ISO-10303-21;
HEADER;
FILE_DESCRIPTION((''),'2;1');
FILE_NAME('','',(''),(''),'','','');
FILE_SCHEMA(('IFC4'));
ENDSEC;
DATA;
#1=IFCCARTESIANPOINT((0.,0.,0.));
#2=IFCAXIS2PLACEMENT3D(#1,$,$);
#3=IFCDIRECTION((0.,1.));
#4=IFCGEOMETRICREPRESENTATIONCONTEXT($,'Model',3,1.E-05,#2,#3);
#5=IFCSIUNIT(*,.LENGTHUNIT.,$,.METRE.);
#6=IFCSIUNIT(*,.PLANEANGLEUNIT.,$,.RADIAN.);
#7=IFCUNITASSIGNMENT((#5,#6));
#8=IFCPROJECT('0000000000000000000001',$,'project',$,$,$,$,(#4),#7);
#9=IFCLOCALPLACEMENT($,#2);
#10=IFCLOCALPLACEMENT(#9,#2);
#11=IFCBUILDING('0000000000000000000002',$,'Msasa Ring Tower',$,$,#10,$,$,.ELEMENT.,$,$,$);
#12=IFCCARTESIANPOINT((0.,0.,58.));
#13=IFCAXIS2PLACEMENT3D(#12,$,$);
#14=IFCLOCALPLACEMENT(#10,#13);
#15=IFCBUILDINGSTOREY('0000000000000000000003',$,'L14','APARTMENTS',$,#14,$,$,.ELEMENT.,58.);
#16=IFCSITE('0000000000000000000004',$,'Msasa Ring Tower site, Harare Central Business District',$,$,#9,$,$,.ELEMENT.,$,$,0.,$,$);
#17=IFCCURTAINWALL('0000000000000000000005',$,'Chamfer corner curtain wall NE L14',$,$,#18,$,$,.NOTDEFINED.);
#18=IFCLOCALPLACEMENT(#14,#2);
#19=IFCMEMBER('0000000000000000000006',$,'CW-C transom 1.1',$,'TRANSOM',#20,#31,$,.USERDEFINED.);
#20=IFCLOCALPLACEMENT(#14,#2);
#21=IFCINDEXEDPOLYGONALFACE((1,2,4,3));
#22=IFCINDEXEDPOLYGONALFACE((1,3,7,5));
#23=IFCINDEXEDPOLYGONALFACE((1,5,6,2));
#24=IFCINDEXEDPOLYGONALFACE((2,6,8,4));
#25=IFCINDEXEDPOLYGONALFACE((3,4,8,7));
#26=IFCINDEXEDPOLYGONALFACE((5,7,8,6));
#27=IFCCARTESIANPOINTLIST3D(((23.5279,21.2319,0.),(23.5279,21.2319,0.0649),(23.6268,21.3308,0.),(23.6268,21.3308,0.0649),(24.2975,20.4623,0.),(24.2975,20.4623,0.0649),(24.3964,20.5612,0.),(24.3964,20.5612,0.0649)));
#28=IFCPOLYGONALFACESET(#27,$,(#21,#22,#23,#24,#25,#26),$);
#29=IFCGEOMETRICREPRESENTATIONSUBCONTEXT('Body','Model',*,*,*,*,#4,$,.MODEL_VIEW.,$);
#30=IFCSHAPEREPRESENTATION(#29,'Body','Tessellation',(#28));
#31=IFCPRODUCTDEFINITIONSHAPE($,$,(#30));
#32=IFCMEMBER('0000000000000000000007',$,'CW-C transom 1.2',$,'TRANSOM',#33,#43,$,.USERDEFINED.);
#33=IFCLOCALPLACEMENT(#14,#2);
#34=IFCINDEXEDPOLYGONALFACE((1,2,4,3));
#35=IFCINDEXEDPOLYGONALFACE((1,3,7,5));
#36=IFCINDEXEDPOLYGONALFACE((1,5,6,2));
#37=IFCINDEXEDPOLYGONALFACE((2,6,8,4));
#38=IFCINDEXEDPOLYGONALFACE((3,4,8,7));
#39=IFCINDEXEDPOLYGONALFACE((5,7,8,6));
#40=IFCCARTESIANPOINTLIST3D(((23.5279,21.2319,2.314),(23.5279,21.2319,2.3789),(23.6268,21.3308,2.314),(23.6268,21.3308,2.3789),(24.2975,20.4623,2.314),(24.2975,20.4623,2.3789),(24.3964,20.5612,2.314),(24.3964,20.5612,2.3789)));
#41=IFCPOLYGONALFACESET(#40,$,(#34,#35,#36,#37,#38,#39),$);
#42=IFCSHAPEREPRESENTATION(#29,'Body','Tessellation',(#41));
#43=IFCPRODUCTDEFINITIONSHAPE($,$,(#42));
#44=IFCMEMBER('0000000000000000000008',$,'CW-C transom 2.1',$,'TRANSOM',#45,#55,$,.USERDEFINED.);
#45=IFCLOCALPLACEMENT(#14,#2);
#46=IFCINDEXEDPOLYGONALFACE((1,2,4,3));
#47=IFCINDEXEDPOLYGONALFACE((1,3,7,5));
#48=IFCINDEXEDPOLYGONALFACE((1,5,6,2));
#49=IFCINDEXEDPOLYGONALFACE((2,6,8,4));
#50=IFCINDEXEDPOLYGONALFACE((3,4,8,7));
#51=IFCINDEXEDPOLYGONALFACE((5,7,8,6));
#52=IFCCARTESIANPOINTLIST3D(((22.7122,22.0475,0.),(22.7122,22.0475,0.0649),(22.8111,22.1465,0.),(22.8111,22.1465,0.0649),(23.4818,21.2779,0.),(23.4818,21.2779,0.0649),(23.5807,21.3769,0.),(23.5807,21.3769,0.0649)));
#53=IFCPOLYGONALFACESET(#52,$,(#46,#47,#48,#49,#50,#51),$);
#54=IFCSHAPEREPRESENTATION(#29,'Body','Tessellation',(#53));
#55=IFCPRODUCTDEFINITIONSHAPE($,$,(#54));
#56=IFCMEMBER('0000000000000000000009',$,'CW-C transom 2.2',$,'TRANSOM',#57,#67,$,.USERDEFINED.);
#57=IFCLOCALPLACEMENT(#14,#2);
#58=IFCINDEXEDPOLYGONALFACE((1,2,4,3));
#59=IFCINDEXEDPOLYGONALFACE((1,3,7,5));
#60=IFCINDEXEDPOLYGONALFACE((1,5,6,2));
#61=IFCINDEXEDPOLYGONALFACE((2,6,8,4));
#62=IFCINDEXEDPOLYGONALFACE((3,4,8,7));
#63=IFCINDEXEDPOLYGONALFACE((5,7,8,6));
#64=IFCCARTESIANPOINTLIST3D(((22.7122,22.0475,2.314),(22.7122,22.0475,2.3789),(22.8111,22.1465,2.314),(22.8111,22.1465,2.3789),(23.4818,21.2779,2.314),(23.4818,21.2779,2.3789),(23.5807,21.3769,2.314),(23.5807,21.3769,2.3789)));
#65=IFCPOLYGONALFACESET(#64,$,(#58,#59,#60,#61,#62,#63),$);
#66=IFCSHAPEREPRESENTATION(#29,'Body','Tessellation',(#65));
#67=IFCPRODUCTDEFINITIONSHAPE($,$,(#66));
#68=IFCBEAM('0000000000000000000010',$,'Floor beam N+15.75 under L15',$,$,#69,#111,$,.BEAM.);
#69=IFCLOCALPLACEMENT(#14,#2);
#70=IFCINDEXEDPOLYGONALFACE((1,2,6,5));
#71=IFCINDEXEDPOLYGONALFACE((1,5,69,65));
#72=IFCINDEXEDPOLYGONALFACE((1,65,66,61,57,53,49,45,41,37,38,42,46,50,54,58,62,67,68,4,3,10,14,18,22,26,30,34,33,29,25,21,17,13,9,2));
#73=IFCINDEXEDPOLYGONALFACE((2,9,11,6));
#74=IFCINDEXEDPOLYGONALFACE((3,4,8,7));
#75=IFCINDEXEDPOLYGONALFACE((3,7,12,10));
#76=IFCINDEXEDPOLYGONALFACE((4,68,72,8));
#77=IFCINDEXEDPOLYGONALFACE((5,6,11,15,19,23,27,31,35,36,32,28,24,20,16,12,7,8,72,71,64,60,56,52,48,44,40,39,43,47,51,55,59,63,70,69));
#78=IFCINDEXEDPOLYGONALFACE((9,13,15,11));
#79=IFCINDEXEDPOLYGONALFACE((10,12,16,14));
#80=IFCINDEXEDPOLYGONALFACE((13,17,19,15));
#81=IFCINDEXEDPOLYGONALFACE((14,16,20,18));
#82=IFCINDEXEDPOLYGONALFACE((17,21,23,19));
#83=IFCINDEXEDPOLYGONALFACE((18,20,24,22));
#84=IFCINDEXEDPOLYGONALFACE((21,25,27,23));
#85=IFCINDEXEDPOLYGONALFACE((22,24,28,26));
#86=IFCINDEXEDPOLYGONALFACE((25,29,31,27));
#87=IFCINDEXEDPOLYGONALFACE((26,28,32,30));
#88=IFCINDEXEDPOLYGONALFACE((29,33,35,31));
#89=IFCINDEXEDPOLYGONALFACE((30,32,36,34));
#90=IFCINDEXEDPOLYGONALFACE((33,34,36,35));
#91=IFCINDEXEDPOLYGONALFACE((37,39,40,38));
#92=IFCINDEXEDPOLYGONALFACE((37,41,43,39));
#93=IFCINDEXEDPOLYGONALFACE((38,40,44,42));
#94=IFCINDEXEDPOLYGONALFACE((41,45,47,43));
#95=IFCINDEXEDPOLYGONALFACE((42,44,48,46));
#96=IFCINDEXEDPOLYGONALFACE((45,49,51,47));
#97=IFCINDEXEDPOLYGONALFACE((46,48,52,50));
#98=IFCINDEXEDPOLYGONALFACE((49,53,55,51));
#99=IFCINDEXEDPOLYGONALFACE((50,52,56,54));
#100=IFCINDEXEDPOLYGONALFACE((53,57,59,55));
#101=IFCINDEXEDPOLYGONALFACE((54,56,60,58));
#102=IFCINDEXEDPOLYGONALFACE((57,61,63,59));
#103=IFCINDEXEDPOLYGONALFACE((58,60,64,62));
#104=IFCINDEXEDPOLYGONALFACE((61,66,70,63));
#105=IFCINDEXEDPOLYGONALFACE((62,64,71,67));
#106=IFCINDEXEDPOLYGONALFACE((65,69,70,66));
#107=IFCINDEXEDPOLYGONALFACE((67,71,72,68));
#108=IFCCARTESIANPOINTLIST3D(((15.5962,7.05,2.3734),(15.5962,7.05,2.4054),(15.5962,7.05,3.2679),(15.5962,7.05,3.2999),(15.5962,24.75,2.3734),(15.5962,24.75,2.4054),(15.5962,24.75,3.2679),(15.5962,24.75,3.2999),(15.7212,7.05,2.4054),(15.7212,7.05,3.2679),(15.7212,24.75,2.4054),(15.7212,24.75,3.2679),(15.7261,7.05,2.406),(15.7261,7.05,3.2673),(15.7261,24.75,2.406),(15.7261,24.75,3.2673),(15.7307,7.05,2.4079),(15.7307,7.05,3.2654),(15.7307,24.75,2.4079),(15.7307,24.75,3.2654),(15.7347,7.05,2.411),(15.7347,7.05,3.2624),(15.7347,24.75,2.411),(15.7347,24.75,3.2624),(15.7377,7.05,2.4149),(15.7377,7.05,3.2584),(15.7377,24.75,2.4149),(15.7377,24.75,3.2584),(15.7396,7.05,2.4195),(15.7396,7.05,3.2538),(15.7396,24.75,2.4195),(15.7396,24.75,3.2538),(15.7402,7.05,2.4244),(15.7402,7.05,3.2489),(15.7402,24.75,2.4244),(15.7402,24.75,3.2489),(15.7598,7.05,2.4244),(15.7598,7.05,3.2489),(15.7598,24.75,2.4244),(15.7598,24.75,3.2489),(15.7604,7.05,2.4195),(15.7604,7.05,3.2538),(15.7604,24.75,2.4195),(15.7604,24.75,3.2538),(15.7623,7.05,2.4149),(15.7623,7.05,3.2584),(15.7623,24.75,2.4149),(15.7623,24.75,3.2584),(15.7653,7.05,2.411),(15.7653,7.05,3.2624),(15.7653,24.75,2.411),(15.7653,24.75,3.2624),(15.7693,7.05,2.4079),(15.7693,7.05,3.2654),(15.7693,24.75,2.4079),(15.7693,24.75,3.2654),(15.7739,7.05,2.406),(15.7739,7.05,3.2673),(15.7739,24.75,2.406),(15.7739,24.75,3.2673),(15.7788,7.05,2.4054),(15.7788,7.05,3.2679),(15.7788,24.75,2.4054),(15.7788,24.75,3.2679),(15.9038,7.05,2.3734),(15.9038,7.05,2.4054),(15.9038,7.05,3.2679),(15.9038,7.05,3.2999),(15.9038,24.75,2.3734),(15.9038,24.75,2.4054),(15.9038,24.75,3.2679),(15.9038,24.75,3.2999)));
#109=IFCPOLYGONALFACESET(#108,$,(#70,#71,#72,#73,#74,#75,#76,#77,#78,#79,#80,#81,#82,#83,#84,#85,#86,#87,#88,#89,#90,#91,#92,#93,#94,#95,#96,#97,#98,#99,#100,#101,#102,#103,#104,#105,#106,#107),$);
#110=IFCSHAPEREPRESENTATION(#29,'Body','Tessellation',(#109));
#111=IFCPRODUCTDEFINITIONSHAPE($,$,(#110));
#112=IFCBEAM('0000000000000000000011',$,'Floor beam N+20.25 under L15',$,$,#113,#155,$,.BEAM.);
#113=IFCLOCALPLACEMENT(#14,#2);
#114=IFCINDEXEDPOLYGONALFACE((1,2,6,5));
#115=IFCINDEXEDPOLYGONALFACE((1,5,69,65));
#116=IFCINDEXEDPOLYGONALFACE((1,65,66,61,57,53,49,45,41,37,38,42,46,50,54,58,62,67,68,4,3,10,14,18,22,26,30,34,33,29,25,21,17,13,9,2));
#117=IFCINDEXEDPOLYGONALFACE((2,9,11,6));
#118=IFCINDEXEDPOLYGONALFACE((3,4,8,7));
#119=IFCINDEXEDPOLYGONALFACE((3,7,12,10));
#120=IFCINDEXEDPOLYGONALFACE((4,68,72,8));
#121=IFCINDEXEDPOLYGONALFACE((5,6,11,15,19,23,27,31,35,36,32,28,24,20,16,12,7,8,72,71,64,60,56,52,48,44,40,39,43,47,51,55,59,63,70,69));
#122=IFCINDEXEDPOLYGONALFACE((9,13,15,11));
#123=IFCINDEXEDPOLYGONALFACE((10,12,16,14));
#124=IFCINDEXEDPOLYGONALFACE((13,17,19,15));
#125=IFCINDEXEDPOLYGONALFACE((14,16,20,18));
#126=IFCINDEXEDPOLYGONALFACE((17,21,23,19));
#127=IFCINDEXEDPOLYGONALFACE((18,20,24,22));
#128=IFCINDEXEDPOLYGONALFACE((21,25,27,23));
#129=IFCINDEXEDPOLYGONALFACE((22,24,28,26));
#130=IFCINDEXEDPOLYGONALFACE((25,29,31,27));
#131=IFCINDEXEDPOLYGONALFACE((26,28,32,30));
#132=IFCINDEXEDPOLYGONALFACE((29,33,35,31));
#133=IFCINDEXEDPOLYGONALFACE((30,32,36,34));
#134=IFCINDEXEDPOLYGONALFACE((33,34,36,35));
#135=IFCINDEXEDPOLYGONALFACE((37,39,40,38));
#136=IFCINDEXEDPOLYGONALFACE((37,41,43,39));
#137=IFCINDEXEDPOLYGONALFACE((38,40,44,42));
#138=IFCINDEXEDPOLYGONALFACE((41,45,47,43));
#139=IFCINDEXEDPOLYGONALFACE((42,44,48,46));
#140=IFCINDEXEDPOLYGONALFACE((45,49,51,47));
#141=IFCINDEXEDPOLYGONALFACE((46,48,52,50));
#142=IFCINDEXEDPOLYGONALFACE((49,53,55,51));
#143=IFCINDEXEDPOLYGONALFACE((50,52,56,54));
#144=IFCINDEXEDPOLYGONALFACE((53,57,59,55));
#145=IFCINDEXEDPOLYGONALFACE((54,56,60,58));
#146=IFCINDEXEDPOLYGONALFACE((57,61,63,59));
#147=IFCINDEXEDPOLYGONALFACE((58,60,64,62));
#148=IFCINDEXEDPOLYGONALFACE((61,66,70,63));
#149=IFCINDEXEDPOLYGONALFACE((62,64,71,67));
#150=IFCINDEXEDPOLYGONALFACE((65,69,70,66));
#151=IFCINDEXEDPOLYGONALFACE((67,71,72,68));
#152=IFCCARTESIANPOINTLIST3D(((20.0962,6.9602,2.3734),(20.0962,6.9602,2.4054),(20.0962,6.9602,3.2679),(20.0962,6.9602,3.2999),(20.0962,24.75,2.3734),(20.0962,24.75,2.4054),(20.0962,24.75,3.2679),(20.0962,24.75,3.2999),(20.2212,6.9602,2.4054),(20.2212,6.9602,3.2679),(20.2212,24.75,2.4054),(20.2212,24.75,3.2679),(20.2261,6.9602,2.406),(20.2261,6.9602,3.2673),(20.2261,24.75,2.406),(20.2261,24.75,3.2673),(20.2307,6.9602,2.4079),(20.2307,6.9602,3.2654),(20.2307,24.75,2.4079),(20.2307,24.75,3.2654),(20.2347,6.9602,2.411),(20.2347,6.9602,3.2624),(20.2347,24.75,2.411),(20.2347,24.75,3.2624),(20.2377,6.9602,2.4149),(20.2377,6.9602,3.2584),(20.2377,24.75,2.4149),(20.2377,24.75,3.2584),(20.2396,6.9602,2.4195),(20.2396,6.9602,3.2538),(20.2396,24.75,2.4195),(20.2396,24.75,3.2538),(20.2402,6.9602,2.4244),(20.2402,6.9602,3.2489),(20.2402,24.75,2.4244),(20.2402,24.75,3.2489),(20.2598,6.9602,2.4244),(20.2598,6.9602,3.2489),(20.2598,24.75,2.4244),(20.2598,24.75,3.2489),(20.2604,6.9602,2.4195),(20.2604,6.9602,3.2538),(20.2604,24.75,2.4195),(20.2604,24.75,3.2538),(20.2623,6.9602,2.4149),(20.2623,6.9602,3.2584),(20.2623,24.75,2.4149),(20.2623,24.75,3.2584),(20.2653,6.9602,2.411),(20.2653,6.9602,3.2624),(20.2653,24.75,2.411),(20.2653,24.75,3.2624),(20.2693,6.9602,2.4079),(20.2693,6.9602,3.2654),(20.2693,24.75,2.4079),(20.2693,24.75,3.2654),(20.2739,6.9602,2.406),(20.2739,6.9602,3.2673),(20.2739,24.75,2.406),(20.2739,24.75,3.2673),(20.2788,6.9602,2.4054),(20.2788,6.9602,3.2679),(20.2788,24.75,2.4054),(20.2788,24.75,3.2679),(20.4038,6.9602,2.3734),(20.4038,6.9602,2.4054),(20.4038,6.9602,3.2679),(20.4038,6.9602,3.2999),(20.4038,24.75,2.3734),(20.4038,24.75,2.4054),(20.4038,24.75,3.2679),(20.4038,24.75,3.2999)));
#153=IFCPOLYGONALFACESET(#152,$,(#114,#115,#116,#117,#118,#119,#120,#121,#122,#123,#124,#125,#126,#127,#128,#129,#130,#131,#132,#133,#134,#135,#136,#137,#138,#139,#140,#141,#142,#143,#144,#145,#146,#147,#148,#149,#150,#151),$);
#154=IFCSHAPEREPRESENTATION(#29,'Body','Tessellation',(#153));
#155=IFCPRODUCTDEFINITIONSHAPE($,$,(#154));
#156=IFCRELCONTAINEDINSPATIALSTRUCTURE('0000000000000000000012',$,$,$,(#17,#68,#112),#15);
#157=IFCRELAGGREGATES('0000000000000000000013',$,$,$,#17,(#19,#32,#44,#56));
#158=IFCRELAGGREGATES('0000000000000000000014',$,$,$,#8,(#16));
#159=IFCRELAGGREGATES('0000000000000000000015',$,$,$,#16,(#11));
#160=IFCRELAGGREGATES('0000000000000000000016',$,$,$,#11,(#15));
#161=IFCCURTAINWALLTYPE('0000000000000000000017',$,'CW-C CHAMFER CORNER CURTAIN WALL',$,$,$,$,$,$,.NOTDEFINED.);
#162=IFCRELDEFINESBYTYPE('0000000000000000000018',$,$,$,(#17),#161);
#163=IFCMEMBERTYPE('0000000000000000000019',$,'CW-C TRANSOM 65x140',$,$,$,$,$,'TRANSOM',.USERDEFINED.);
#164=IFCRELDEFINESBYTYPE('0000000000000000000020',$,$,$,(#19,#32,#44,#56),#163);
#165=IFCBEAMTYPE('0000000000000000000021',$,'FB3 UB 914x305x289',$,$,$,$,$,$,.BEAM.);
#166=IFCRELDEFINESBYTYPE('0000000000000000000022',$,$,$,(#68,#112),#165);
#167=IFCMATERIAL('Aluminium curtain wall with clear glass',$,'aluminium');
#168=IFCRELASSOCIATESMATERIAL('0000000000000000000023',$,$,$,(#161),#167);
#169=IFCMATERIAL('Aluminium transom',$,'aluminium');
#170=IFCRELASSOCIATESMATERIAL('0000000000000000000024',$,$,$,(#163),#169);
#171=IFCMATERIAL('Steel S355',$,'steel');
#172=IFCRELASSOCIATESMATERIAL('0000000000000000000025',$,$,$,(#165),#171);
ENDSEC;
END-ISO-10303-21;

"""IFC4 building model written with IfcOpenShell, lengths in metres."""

from ifc_helpers import new_model, si_unit, direction, frame, origin, origin_2d, place, context, subcontext, project, spatial, rectangle, i_section, extrude, material, material_profile, profile_set, type_object, element, aggregate, save


model = new_model("IFC4")

# Units and contexts
model_context = context("Model", 3, precision=1e-05, world=origin(), true_north=direction((0.0, 1.0)))
body_context = subcontext(model_context, "Body", "Model", "MODEL_VIEW")
ifc_project = project(units=[si_unit("LENGTHUNIT", "METRE"), si_unit("PLANEANGLEUNIT", "RADIAN")], contexts=[model_context])

# Site, building, storey
site_placement = place(None, origin())
site = spatial("IfcSite", under=ifc_project, at=site_placement, Name="Msasa Ring Tower site, Harare Central Business District", CompositionType="ELEMENT", RefElevation=0.0)
building_placement = place(site_placement, origin())
building = spatial("IfcBuilding", under=site, at=building_placement, Name="Msasa Ring Tower", CompositionType="ELEMENT")
storey_placement = place(building_placement, frame((0.0, 0.0, 58.0)))
storey = spatial("IfcBuildingStorey", under=building, at=storey_placement, Name="L14", Description="APARTMENTS", CompositionType="ELEMENT", Elevation=58.0)

# Curtain wall
ifc_material_1 = material(Name="Aluminium curtain wall with clear glass", Category="aluminium")
curtain_wall_type = type_object("IfcCurtainWallType", Name="CW-C CHAMFER CORNER CURTAIN WALL", PredefinedType="NOTDEFINED", material=ifc_material_1)
curtain_wall_1_placement = place(storey_placement, origin())
curtain_wall_1 = element("IfcCurtainWall", 1, at=curtain_wall_1_placement, inside=storey, type_object=curtain_wall_type, Name="Chamfer corner curtain wall NE L14", PredefinedType="NOTDEFINED")

# Members
ifc_material_2 = material(Name="Aluminium transom", Category="aluminium")
ifc_material_profile_1 = material_profile(ifc_material_2, rectangle(XDim=0.1399, YDim=0.0649, at=origin_2d()), Name="AL 65x140")
ifc_profile_set_1 = profile_set([ifc_material_profile_1], Name="Aluminium transom")
member_type_1 = type_object("IfcMemberType", Name="CW-C TRANSOM 65x140", ElementType="TRANSOM", PredefinedType="USERDEFINED", material=ifc_profile_set_1)
member_1_placement = place(storey_placement, frame((24.3469, 20.5117, 0.0325), z_axis=(-0.707107, 0.707107, 0.0), x_axis=(-0.707107, -0.707107, 0.0)))
member_1 = element("IfcMember", 2, at=member_1_placement, type_object=member_type_1, Name="CW-C transom 1.1", ObjectType="TRANSOM", PredefinedType="USERDEFINED", context=body_context, shape_type="SweptSolid", body=[
    extrude(rectangle(XDim=0.1399, YDim=0.0649, at=origin_2d()), origin(), (0.0, 0.0, 1.0), 1.0884),
])
member_2_placement = place(storey_placement, frame((24.3469, 20.5117, 2.3464), z_axis=(-0.707107, 0.707107, 0.0), x_axis=(-0.707107, -0.707107, 0.0)))
member_2 = element("IfcMember", 3, at=member_2_placement, type_object=member_type_1, Name="CW-C transom 1.2", ObjectType="TRANSOM", PredefinedType="USERDEFINED", context=body_context, shape_type="SweptSolid", body=[
    extrude(rectangle(XDim=0.1399, YDim=0.0649, at=origin_2d()), origin(), (0.0, 0.0, 1.0), 1.0884),
])
member_3_placement = place(storey_placement, frame((23.5312, 21.3274, 0.0325), z_axis=(-0.707107, 0.707107, 0.0), x_axis=(-0.707107, -0.707107, 0.0)))
member_3 = element("IfcMember", 4, at=member_3_placement, type_object=member_type_1, Name="CW-C transom 2.1", ObjectType="TRANSOM", PredefinedType="USERDEFINED", context=body_context, shape_type="SweptSolid", body=[
    extrude(rectangle(XDim=0.1399, YDim=0.0649, at=origin_2d()), origin(), (0.0, 0.0, 1.0), 1.0884),
])
member_4_placement = place(storey_placement, frame((23.5312, 21.3274, 2.3464), z_axis=(-0.707107, 0.707107, 0.0), x_axis=(-0.707107, -0.707107, 0.0)))
member_4 = element("IfcMember", 5, at=member_4_placement, type_object=member_type_1, Name="CW-C transom 2.2", ObjectType="TRANSOM", PredefinedType="USERDEFINED", context=body_context, shape_type="SweptSolid", body=[
    extrude(rectangle(XDim=0.1399, YDim=0.0649, at=origin_2d()), origin(), (0.0, 0.0, 1.0), 1.0884),
])

# Beams
ifc_material_3 = material(Name="Steel S355", Category="steel")
ifc_material_profile_2 = material_profile(ifc_material_3, i_section(OverallWidth=0.3076, OverallDepth=0.9265, WebThickness=0.0195, FlangeThickness=0.032, FilletRadius=0.019, at=origin_2d()), Name="UB 914x305x289")
ifc_profile_set_2 = profile_set([ifc_material_profile_2], Name="Steel S355")
beam_type_1 = type_object("IfcBeamType", Name="FB3 UB 914x305x289", PredefinedType="BEAM", material=ifc_profile_set_2)
beam_1_placement = place(storey_placement, frame((15.75, 24.75, 2.8367), z_axis=(0.0, -1.0, 0.0), x_axis=(1.0, 0.0, 0.0)))
element("IfcBeam", 6, at=beam_1_placement, inside=storey, type_object=beam_type_1, Name="Floor beam N+15.75 under L15", PredefinedType="BEAM", context=body_context, shape_type="SweptSolid", body=[
    extrude(i_section(OverallWidth=0.3076, OverallDepth=0.9265, WebThickness=0.0195, FlangeThickness=0.032, FilletRadius=0.019, at=origin_2d()), origin(), (0.0, 0.0, 1.0), 17.7),
])
beam_2_placement = place(storey_placement, frame((20.25, 24.75, 2.8367), z_axis=(0.0, -1.0, 0.0), x_axis=(1.0, 0.0, 0.0)))
element("IfcBeam", 7, at=beam_2_placement, inside=storey, type_object=beam_type_1, Name="Floor beam N+20.25 under L15", PredefinedType="BEAM", context=body_context, shape_type="SweptSolid", body=[
    extrude(i_section(OverallWidth=0.3076, OverallDepth=0.9265, WebThickness=0.0195, FlangeThickness=0.032, FilletRadius=0.019, at=origin_2d()), origin(), (0.0, 0.0, 1.0), 17.7898),
])

aggregate(curtain_wall_1, [member_1, member_2, member_3, member_4])

save(model, "model.ifc")
